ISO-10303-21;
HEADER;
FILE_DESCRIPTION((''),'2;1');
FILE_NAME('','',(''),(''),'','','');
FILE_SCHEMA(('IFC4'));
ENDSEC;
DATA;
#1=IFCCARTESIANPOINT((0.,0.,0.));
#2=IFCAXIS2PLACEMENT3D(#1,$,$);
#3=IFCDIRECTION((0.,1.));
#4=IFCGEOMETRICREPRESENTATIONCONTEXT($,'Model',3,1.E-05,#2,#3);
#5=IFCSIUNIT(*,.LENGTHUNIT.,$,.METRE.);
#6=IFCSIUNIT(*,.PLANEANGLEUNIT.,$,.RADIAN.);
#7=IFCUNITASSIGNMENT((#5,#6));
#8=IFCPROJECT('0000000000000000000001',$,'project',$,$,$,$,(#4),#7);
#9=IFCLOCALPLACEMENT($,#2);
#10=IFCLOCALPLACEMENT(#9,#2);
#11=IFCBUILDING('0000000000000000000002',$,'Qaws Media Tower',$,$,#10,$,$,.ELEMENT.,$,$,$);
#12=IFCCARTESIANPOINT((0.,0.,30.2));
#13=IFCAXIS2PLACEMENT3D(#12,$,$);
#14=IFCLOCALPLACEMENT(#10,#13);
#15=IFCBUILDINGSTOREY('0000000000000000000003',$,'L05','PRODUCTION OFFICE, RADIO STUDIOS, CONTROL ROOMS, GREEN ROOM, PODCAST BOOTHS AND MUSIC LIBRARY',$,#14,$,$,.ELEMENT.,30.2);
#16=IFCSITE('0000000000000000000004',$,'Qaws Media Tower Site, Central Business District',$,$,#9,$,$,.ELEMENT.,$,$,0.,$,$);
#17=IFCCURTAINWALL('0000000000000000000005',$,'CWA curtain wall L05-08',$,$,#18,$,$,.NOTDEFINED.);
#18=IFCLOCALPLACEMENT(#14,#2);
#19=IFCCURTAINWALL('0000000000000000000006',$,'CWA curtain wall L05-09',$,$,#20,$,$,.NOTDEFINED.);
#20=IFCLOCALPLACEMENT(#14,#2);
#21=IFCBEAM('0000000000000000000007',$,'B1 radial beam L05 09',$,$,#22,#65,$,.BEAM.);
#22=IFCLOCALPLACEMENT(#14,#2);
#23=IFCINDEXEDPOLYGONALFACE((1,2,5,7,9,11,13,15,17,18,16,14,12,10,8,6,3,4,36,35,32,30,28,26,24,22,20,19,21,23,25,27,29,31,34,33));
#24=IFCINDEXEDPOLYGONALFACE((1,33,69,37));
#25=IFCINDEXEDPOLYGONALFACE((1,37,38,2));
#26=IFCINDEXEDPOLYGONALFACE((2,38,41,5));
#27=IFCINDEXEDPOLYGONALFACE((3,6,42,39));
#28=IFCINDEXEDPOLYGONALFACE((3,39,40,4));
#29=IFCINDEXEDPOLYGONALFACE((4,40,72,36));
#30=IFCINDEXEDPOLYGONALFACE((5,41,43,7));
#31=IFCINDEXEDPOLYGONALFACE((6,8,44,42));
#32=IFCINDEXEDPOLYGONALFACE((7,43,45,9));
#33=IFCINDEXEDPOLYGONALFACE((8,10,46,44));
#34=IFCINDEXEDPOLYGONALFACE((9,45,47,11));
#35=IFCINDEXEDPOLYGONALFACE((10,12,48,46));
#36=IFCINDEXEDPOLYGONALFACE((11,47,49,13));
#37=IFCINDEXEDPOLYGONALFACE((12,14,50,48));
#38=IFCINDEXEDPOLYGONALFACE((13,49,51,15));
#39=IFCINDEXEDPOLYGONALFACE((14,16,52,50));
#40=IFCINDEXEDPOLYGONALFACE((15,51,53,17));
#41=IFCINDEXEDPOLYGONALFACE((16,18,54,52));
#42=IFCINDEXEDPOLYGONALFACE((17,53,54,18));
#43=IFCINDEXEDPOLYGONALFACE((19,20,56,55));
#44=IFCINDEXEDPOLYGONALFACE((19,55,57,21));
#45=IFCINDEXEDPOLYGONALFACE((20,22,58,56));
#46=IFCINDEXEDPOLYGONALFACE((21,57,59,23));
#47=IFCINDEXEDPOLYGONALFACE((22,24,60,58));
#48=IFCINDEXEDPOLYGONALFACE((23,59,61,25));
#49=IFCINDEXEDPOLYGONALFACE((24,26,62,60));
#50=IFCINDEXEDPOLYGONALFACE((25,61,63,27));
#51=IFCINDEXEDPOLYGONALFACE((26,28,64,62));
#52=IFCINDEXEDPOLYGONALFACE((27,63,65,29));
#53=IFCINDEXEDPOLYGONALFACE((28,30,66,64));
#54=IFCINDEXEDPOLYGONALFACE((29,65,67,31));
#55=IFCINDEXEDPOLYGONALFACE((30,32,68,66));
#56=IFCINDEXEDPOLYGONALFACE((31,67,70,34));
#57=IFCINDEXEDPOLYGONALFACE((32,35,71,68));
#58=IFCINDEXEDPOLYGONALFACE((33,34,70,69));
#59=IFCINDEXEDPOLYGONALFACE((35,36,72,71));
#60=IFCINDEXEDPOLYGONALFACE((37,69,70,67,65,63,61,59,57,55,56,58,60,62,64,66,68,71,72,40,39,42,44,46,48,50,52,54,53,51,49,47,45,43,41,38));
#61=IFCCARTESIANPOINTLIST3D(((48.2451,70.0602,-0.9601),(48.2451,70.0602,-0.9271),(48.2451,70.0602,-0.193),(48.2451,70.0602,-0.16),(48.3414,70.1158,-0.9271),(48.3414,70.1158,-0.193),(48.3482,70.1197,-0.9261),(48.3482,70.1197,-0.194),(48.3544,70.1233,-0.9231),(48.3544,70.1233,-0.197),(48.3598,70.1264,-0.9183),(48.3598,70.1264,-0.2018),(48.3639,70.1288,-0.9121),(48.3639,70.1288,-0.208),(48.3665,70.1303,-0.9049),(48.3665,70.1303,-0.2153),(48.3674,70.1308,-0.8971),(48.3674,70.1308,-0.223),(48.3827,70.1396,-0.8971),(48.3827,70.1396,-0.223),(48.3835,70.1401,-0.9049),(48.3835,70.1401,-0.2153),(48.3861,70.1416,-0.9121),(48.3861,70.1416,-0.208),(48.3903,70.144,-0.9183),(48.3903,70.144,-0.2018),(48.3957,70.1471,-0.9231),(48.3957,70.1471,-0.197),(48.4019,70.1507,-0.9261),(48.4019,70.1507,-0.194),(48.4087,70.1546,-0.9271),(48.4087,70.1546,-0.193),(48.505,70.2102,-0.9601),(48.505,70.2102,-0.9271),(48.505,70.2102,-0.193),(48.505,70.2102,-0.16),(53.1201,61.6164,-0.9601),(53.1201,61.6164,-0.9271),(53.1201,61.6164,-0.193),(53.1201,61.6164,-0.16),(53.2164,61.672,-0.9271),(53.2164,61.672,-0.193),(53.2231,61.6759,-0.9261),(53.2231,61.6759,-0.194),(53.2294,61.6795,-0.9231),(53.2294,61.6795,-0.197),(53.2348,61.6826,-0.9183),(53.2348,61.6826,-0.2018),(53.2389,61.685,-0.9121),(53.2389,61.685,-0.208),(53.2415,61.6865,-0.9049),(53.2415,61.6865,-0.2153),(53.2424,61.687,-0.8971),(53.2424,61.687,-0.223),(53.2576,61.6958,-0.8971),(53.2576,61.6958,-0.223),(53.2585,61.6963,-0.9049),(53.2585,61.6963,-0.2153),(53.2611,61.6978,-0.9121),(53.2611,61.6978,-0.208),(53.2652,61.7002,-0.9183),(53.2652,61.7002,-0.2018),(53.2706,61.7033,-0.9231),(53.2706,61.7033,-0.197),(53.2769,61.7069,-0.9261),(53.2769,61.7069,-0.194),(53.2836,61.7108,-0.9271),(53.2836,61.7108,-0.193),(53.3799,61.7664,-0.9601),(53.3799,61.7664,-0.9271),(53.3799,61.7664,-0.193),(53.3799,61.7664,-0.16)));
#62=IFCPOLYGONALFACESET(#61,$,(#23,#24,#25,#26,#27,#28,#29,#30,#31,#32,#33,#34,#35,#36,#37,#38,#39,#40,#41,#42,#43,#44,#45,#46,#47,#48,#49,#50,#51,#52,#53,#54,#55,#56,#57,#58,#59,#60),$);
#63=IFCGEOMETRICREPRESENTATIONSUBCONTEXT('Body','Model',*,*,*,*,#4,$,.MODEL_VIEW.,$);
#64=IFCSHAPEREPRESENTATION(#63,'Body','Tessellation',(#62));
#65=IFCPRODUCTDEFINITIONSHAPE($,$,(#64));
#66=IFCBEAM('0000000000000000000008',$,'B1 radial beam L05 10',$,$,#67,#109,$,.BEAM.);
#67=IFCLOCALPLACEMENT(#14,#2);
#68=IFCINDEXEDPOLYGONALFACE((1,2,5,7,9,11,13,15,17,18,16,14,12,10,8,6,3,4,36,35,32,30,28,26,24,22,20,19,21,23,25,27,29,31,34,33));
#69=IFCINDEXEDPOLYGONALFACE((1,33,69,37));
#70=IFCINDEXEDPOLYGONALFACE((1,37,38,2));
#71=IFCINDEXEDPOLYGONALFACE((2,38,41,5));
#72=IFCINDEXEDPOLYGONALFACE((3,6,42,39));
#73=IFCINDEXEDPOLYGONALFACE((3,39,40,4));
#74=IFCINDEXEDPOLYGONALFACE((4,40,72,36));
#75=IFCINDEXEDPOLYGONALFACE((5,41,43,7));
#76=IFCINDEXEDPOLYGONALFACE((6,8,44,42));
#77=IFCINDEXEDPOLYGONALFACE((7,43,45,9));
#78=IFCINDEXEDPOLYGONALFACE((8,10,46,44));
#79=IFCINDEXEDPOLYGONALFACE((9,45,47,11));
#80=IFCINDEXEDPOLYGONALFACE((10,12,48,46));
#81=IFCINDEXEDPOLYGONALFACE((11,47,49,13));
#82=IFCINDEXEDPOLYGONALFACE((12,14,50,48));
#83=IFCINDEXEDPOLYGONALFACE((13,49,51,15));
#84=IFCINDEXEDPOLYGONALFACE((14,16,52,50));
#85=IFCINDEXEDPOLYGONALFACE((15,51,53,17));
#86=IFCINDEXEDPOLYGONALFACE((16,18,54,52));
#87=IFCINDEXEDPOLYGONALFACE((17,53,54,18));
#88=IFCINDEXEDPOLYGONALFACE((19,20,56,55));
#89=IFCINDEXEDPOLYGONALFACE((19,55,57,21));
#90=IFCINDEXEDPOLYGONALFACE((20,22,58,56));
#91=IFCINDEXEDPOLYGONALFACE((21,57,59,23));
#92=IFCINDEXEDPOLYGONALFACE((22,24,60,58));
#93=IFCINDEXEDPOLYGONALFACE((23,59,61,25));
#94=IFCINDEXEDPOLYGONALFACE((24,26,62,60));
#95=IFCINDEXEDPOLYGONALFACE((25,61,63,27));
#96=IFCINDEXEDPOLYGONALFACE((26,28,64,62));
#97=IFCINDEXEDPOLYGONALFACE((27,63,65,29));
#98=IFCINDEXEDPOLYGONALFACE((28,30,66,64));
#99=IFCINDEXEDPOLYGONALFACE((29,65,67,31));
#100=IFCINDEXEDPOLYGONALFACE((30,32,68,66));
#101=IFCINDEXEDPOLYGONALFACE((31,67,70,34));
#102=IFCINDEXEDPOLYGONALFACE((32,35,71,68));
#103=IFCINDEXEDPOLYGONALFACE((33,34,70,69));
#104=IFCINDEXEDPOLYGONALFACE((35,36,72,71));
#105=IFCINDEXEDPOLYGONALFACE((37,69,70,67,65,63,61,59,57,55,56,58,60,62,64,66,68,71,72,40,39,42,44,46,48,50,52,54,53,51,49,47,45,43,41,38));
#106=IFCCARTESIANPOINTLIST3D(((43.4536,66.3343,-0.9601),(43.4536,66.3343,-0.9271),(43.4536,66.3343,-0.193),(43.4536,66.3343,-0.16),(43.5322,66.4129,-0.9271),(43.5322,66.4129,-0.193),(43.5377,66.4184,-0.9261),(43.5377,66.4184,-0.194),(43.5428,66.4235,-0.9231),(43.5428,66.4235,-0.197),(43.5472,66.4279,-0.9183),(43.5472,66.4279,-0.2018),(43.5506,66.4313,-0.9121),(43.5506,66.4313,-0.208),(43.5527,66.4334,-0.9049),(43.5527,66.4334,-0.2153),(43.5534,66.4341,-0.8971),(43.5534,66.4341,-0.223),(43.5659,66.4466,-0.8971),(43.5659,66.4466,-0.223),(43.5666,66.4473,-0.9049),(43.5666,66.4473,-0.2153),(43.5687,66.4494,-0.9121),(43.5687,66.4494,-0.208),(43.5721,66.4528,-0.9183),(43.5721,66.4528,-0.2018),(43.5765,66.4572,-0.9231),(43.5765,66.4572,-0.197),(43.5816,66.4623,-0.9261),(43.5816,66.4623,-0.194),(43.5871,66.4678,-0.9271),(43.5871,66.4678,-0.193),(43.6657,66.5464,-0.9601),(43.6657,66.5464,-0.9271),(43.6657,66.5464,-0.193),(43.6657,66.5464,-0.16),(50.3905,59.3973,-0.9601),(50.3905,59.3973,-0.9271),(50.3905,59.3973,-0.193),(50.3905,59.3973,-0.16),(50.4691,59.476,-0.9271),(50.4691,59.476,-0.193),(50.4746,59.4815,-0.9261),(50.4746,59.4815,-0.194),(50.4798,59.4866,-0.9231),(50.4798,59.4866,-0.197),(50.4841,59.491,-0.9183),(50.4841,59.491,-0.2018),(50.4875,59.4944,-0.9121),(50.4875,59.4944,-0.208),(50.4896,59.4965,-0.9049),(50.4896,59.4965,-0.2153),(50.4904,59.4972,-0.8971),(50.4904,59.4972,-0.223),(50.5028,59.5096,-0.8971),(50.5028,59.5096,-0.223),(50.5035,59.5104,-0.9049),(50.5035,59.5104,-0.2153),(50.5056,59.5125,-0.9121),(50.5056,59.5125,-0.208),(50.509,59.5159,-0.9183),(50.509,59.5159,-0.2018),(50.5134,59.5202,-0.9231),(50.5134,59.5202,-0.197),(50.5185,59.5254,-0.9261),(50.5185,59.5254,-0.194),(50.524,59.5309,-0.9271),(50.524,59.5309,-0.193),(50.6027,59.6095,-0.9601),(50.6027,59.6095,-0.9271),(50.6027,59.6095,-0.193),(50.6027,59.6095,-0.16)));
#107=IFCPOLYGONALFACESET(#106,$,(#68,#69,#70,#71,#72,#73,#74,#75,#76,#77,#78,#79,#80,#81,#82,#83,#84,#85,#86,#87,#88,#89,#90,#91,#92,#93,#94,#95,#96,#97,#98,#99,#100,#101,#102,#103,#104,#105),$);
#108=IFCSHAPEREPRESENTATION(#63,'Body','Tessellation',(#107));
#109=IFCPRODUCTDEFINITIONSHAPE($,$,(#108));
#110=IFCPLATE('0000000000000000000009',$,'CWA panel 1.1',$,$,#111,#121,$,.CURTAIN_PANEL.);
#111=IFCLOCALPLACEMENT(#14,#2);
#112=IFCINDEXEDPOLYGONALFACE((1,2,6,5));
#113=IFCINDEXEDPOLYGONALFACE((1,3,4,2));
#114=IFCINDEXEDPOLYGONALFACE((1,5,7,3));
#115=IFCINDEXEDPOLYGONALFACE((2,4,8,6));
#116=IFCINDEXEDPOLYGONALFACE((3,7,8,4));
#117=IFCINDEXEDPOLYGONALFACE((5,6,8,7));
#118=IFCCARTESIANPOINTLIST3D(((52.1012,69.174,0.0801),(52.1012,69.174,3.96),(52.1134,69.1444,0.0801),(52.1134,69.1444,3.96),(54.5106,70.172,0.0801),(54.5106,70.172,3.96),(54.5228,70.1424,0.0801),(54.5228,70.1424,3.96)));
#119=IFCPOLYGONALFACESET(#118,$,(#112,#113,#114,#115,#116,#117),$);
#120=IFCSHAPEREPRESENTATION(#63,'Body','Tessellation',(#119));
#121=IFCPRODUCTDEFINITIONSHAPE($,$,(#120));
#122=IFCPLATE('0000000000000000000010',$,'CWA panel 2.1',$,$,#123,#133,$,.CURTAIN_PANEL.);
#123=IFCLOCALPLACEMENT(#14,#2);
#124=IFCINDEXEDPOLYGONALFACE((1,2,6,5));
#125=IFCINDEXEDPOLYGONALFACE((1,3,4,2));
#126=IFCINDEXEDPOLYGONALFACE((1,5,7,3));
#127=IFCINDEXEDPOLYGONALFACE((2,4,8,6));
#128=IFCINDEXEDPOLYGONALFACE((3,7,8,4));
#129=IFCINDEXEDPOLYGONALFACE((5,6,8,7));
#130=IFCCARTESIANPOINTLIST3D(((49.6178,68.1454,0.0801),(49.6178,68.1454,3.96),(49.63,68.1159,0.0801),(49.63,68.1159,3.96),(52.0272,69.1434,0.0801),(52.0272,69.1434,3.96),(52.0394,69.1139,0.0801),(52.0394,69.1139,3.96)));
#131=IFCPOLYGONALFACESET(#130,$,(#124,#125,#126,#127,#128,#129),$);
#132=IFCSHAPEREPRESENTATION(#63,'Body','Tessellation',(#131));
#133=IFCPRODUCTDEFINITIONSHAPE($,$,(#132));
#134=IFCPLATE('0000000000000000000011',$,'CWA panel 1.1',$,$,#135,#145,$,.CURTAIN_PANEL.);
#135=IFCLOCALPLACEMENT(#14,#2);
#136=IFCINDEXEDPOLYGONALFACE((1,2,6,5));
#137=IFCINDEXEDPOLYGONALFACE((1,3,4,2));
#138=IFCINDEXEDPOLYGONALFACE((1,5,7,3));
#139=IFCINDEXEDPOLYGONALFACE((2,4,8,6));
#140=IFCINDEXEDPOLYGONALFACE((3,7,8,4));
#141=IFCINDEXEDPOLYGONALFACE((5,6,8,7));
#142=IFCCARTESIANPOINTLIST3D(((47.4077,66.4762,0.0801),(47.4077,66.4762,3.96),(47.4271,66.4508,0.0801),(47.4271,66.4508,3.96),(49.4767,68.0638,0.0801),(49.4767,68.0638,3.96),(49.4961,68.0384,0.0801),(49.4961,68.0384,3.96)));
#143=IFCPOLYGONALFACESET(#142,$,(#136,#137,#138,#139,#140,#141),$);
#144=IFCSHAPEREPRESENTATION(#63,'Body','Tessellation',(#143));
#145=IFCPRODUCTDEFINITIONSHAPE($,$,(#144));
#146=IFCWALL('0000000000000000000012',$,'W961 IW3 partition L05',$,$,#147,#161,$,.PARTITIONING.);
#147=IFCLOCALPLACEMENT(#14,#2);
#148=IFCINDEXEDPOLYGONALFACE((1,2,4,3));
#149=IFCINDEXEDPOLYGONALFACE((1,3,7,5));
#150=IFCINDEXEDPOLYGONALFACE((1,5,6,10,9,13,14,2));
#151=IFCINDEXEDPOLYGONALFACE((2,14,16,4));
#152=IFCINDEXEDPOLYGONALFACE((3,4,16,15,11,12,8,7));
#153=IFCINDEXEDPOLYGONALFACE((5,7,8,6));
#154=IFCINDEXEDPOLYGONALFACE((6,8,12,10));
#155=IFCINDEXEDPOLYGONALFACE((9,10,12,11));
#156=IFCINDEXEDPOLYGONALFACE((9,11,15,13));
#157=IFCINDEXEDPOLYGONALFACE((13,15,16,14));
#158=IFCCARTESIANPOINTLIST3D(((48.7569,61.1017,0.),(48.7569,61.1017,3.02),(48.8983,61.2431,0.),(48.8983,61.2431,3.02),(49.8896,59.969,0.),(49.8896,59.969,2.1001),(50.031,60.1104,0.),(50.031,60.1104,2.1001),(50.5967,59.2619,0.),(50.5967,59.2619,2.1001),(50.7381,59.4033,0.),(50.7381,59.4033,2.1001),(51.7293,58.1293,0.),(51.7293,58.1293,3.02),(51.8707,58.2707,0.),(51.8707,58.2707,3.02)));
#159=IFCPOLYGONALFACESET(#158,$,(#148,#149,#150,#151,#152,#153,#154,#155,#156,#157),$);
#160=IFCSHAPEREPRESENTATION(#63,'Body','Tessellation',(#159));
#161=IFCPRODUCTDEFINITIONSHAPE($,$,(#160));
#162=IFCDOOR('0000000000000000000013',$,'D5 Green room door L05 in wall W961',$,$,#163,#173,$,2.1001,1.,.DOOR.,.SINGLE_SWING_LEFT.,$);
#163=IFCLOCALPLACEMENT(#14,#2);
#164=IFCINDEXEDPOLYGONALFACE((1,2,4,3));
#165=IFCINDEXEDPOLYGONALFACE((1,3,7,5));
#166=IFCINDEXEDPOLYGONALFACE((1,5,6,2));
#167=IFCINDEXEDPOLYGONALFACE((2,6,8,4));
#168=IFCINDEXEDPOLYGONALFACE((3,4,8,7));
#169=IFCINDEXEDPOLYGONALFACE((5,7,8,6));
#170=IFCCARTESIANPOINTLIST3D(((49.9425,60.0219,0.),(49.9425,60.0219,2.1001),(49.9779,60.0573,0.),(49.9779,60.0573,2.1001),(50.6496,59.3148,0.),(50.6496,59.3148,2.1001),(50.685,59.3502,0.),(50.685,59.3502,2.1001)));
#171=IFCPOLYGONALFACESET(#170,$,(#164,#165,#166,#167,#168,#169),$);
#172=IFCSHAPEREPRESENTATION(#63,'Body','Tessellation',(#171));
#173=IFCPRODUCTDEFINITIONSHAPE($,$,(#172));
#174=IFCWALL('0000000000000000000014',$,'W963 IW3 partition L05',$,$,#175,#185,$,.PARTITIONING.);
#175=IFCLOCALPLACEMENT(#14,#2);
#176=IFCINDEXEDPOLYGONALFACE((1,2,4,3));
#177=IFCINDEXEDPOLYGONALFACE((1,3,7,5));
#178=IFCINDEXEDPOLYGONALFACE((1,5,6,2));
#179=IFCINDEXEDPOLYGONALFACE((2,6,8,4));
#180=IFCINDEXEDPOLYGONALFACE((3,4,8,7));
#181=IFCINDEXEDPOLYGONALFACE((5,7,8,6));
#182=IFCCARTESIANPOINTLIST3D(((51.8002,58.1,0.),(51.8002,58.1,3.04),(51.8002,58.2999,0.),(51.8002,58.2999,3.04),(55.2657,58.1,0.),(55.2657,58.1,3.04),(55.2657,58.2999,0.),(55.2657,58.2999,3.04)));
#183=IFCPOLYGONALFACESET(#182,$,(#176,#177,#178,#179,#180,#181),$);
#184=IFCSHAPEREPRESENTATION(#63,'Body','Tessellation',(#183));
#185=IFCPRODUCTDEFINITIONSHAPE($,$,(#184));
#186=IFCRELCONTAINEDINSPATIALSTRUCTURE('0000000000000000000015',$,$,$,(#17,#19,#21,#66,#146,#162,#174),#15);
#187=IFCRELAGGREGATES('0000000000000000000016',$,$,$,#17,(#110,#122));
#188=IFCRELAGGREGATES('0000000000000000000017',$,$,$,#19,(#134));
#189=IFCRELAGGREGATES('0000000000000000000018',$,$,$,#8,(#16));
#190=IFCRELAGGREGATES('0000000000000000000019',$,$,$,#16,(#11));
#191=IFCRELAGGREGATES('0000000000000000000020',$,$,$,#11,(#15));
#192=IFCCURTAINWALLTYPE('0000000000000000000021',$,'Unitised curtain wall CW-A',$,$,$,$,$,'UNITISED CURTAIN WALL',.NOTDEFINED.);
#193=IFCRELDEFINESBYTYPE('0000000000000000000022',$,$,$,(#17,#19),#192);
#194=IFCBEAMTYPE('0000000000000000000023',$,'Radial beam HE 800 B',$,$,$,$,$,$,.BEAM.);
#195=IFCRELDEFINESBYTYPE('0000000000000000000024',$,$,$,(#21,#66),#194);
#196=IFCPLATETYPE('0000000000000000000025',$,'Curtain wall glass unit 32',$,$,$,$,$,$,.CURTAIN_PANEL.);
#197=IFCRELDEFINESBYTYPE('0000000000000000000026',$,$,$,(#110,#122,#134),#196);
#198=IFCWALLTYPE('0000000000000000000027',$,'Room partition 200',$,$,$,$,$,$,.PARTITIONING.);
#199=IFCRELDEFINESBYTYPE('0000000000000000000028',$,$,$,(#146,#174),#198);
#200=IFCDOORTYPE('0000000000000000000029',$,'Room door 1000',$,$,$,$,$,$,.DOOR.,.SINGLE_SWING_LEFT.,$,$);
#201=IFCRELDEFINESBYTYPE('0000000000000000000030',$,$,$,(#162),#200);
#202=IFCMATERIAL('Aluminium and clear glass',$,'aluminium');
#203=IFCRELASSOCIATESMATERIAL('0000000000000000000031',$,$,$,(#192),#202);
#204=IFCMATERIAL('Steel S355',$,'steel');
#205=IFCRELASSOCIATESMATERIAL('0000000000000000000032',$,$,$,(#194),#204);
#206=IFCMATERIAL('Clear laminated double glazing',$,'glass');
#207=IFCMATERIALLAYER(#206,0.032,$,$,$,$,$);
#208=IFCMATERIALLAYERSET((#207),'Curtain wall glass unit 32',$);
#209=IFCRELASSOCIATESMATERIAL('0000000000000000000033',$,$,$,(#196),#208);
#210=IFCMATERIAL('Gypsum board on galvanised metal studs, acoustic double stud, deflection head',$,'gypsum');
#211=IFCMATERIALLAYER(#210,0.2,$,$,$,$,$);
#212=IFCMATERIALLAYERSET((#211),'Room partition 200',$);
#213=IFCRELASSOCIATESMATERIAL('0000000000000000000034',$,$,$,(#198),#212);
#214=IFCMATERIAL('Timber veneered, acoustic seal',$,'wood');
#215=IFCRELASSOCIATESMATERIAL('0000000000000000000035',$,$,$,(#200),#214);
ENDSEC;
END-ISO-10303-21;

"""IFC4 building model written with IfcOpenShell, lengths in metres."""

from ifc_helpers import new_model, si_unit, direction, frame, frame_2d, origin, origin_2d, place, context, subcontext, project, spatial, rectangle, i_section, extrude, material, layer, layer_set, material_profile, profile_set, type_object, element, fill, aggregate, save


model = new_model("IFC4")

# Units and contexts
model_context = context("Model", 3, precision=1e-05, world=origin(), true_north=direction((0.0, 1.0)))
body_context = subcontext(model_context, "Body", "Model", "MODEL_VIEW")
ifc_project = project(units=[si_unit("LENGTHUNIT", "METRE"), si_unit("PLANEANGLEUNIT", "RADIAN")], contexts=[model_context])

# Site, building, storey
site_placement = place(None, origin())
site = spatial("IfcSite", under=ifc_project, at=site_placement, Name="Qaws Media Tower Site, Central Business District", CompositionType="ELEMENT", RefElevation=0.0)
building_placement = place(site_placement, origin())
building = spatial("IfcBuilding", under=site, at=building_placement, Name="Qaws Media Tower", CompositionType="ELEMENT")
storey_placement = place(building_placement, frame((0.0, 0.0, 30.2)))
storey = spatial("IfcBuildingStorey", under=building, at=storey_placement, Name="L05", Description="PRODUCTION OFFICE, RADIO STUDIOS, CONTROL ROOMS, GREEN ROOM, PODCAST BOOTHS AND MUSIC LIBRARY", CompositionType="ELEMENT", Elevation=30.2)

# Curtain walls
ifc_material_1 = material(Name="Aluminium and clear glass", Category="aluminium")
curtain_wall_type = type_object("IfcCurtainWallType", Name="Unitised curtain wall CW-A", ElementType="UNITISED CURTAIN WALL", PredefinedType="NOTDEFINED", material=ifc_material_1)
curtain_wall_1_placement = place(storey_placement, origin())
curtain_wall_1 = element("IfcCurtainWall", 1, at=curtain_wall_1_placement, inside=storey, type_object=curtain_wall_type, Name="CWA curtain wall L05-08", PredefinedType="NOTDEFINED")
curtain_wall_2_placement = place(storey_placement, origin())
curtain_wall_2 = element("IfcCurtainWall", 2, at=curtain_wall_2_placement, inside=storey, type_object=curtain_wall_type, Name="CWA curtain wall L05-09", PredefinedType="NOTDEFINED")

# Beams
ifc_material_2 = material(Name="Steel S355", Category="steel")
ifc_material_profile_1 = material_profile(ifc_material_2, i_section(OverallWidth=0.3, OverallDepth=0.8, WebThickness=0.0176, FlangeThickness=0.033, FilletRadius=0.03, at=origin_2d()), Name="HE 800 B")
ifc_profile_set_1 = profile_set([ifc_material_profile_1], Name="Steel S355")
beam_type_1 = type_object("IfcBeamType", Name="Radial beam HE 800 B", PredefinedType="BEAM", material=ifc_profile_set_1)
beam_1_placement = place(storey_placement, frame((53.25, 61.6914, -0.5601), z_axis=(-0.499996, 0.866028, 0.0), x_axis=(-0.866028, -0.499996, 0.0)))
element("IfcBeam", 3, at=beam_1_placement, inside=storey, type_object=beam_type_1, Name="B1 radial beam L05 09", PredefinedType="BEAM", context=body_context, shape_type="SweptSolid", body=[
    extrude(i_section(OverallWidth=0.3, OverallDepth=0.8, WebThickness=0.0176, FlangeThickness=0.033, FilletRadius=0.03, at=origin_2d()), origin(), (0.0, 0.0, 1.0), 9.75),
])
beam_2_placement = place(storey_placement, frame((50.4966, 59.5034, -0.5601), z_axis=(-0.707107, 0.707107, 0.0), x_axis=(-0.707107, -0.707107, 0.0)))
element("IfcBeam", 4, at=beam_2_placement, inside=storey, type_object=beam_type_1, Name="B1 radial beam L05 10", PredefinedType="BEAM", context=body_context, shape_type="SweptSolid", body=[
    extrude(i_section(OverallWidth=0.3, OverallDepth=0.8, WebThickness=0.0176, FlangeThickness=0.033, FilletRadius=0.03, at=origin_2d()), origin(), (0.0, 0.0, 1.0), 9.8103),
])

# Plates
ifc_material_3 = material(Name="Clear laminated double glazing", Category="glass")
ifc_layer_1 = layer(ifc_material_3, 0.032)
ifc_layer_set_1 = layer_set([ifc_layer_1], Name="Curtain wall glass unit 32")
plate_type = type_object("IfcPlateType", Name="Curtain wall glass unit 32", PredefinedType="CURTAIN_PANEL", material=ifc_layer_set_1)
plate_1_placement = place(storey_placement, frame((53.312, 69.6582, 0.0801), z_axis=(0.0, 0.0, 1.0), x_axis=(-0.92388, -0.382683, 0.0)))
plate_1 = element("IfcPlate", 5, at=plate_1_placement, type_object=plate_type, Name="CWA panel 1.1", PredefinedType="CURTAIN_PANEL", context=body_context, shape_type="SweptSolid", body=[
    extrude(rectangle(XDim=2.6079, YDim=0.032, at=origin_2d()), origin(), (0.0, 0.0, 1.0), 3.8799),
])
plate_2_placement = place(storey_placement, frame((50.8286, 68.6296, 0.0801), z_axis=(0.0, 0.0, 1.0), x_axis=(-0.92388, -0.382683, 0.0)))
plate_2 = element("IfcPlate", 6, at=plate_2_placement, type_object=plate_type, Name="CWA panel 2.1", PredefinedType="CURTAIN_PANEL", context=body_context, shape_type="SweptSolid", body=[
    extrude(rectangle(XDim=2.6079, YDim=0.032, at=origin_2d()), origin(), (0.0, 0.0, 1.0), 3.8799),
])
aggregate(curtain_wall_1, [plate_1, plate_2])
plate_3_placement = place(storey_placement, frame((48.4519, 67.2573, 0.0801), z_axis=(0.0, 0.0, 1.0), x_axis=(-0.793353, -0.608761, 0.0)))
plate_3 = element("IfcPlate", 7, at=plate_3_placement, type_object=plate_type, Name="CWA panel 1.1", PredefinedType="CURTAIN_PANEL", context=body_context, shape_type="SweptSolid", body=[
    extrude(rectangle(XDim=2.6079, YDim=0.032, at=origin_2d()), origin(), (0.0, 0.0, 1.0), 3.8799),
])
aggregate(curtain_wall_2, [plate_3])

# Wall, opening, door
ifc_material_4 = material(Name="Gypsum board on galvanised metal studs, acoustic double stud, deflection head", Category="gypsum")
ifc_layer_2 = layer(ifc_material_4, 0.2)
ifc_layer_set_2 = layer_set([ifc_layer_2], Name="Room partition 200")
wall_type = type_object("IfcWallType", Name="Room partition 200", PredefinedType="PARTITIONING", material=ifc_layer_set_2)
wall_1_placement = place(storey_placement, frame((48.8276, 61.1724, 0.0), z_axis=(0.0, 0.0, 1.0), x_axis=(0.707107, -0.707107, 0.0)))
wall_1 = element("IfcWall", 8, at=wall_1_placement, inside=storey, type_object=wall_type, Name="W961 IW3 partition L05", PredefinedType="PARTITIONING", context=body_context, shape_type="SweptSolid", body=[
    extrude(rectangle(XDim=4.2036, YDim=0.2, at=frame_2d((2.1018, 0.0))), origin(), (0.0, 0.0, 1.0), 3.02),
])
opening_1_placement = place(wall_1_placement, frame((1.6018, 0.0, 0.0)))
opening_1 = element("IfcOpeningElement", 9, at=opening_1_placement, cuts=wall_1, PredefinedType="OPENING", context=body_context, shape_type="SweptSolid", body=[
    extrude(rectangle(XDim=1.0, YDim=2.1001, at=frame_2d((0.5, 1.05))), frame((0.0, 0.1099, 0.0), z_axis=(0.0, -1.0, 0.0), x_axis=(1.0, 0.0, 0.0)), (0.0, 0.0, 1.0), 0.22),
])
ifc_material_5 = material(Name="Timber veneered, acoustic seal", Category="wood")
door_type_1 = type_object("IfcDoorType", Name="Room door 1000", OperationType="SINGLE_SWING_LEFT", PredefinedType="DOOR", material=ifc_material_5)
door_1_placement = place(opening_1_placement, origin())
door_1 = element("IfcDoor", 10, at=door_1_placement, inside=storey, type_object=door_type_1, Name="D5 Green room door L05 in wall W961", OperationType="SINGLE_SWING_LEFT", OverallHeight=2.1001, OverallWidth=1.0, PredefinedType="DOOR", context=body_context, shape_type="SweptSolid", body=[
    extrude(rectangle(XDim=1.0, YDim=2.1001, at=frame_2d((0.5, 1.05))), frame((0.0, 0.0249, 0.0), z_axis=(0.0, -1.0, 0.0), x_axis=(1.0, 0.0, 0.0)), (0.0, 0.0, 1.0), 0.05),
])
fill(opening_1, door_1)

# Wall
wall_2_placement = place(storey_placement, frame((51.8, 58.2, 0.0), z_axis=(0.0, 0.0, 1.0), x_axis=(1.0, 0.0, 0.0)))
element("IfcWall", 11, at=wall_2_placement, inside=storey, type_object=wall_type, Name="W963 IW3 partition L05", PredefinedType="PARTITIONING", context=body_context, shape_type="SweptSolid", body=[
    extrude(rectangle(XDim=3.4656, YDim=0.2, at=frame_2d((1.7329, 0.0))), origin(), (0.0, 0.0, 1.0), 3.04),
])

save(model, "model.ifc")
